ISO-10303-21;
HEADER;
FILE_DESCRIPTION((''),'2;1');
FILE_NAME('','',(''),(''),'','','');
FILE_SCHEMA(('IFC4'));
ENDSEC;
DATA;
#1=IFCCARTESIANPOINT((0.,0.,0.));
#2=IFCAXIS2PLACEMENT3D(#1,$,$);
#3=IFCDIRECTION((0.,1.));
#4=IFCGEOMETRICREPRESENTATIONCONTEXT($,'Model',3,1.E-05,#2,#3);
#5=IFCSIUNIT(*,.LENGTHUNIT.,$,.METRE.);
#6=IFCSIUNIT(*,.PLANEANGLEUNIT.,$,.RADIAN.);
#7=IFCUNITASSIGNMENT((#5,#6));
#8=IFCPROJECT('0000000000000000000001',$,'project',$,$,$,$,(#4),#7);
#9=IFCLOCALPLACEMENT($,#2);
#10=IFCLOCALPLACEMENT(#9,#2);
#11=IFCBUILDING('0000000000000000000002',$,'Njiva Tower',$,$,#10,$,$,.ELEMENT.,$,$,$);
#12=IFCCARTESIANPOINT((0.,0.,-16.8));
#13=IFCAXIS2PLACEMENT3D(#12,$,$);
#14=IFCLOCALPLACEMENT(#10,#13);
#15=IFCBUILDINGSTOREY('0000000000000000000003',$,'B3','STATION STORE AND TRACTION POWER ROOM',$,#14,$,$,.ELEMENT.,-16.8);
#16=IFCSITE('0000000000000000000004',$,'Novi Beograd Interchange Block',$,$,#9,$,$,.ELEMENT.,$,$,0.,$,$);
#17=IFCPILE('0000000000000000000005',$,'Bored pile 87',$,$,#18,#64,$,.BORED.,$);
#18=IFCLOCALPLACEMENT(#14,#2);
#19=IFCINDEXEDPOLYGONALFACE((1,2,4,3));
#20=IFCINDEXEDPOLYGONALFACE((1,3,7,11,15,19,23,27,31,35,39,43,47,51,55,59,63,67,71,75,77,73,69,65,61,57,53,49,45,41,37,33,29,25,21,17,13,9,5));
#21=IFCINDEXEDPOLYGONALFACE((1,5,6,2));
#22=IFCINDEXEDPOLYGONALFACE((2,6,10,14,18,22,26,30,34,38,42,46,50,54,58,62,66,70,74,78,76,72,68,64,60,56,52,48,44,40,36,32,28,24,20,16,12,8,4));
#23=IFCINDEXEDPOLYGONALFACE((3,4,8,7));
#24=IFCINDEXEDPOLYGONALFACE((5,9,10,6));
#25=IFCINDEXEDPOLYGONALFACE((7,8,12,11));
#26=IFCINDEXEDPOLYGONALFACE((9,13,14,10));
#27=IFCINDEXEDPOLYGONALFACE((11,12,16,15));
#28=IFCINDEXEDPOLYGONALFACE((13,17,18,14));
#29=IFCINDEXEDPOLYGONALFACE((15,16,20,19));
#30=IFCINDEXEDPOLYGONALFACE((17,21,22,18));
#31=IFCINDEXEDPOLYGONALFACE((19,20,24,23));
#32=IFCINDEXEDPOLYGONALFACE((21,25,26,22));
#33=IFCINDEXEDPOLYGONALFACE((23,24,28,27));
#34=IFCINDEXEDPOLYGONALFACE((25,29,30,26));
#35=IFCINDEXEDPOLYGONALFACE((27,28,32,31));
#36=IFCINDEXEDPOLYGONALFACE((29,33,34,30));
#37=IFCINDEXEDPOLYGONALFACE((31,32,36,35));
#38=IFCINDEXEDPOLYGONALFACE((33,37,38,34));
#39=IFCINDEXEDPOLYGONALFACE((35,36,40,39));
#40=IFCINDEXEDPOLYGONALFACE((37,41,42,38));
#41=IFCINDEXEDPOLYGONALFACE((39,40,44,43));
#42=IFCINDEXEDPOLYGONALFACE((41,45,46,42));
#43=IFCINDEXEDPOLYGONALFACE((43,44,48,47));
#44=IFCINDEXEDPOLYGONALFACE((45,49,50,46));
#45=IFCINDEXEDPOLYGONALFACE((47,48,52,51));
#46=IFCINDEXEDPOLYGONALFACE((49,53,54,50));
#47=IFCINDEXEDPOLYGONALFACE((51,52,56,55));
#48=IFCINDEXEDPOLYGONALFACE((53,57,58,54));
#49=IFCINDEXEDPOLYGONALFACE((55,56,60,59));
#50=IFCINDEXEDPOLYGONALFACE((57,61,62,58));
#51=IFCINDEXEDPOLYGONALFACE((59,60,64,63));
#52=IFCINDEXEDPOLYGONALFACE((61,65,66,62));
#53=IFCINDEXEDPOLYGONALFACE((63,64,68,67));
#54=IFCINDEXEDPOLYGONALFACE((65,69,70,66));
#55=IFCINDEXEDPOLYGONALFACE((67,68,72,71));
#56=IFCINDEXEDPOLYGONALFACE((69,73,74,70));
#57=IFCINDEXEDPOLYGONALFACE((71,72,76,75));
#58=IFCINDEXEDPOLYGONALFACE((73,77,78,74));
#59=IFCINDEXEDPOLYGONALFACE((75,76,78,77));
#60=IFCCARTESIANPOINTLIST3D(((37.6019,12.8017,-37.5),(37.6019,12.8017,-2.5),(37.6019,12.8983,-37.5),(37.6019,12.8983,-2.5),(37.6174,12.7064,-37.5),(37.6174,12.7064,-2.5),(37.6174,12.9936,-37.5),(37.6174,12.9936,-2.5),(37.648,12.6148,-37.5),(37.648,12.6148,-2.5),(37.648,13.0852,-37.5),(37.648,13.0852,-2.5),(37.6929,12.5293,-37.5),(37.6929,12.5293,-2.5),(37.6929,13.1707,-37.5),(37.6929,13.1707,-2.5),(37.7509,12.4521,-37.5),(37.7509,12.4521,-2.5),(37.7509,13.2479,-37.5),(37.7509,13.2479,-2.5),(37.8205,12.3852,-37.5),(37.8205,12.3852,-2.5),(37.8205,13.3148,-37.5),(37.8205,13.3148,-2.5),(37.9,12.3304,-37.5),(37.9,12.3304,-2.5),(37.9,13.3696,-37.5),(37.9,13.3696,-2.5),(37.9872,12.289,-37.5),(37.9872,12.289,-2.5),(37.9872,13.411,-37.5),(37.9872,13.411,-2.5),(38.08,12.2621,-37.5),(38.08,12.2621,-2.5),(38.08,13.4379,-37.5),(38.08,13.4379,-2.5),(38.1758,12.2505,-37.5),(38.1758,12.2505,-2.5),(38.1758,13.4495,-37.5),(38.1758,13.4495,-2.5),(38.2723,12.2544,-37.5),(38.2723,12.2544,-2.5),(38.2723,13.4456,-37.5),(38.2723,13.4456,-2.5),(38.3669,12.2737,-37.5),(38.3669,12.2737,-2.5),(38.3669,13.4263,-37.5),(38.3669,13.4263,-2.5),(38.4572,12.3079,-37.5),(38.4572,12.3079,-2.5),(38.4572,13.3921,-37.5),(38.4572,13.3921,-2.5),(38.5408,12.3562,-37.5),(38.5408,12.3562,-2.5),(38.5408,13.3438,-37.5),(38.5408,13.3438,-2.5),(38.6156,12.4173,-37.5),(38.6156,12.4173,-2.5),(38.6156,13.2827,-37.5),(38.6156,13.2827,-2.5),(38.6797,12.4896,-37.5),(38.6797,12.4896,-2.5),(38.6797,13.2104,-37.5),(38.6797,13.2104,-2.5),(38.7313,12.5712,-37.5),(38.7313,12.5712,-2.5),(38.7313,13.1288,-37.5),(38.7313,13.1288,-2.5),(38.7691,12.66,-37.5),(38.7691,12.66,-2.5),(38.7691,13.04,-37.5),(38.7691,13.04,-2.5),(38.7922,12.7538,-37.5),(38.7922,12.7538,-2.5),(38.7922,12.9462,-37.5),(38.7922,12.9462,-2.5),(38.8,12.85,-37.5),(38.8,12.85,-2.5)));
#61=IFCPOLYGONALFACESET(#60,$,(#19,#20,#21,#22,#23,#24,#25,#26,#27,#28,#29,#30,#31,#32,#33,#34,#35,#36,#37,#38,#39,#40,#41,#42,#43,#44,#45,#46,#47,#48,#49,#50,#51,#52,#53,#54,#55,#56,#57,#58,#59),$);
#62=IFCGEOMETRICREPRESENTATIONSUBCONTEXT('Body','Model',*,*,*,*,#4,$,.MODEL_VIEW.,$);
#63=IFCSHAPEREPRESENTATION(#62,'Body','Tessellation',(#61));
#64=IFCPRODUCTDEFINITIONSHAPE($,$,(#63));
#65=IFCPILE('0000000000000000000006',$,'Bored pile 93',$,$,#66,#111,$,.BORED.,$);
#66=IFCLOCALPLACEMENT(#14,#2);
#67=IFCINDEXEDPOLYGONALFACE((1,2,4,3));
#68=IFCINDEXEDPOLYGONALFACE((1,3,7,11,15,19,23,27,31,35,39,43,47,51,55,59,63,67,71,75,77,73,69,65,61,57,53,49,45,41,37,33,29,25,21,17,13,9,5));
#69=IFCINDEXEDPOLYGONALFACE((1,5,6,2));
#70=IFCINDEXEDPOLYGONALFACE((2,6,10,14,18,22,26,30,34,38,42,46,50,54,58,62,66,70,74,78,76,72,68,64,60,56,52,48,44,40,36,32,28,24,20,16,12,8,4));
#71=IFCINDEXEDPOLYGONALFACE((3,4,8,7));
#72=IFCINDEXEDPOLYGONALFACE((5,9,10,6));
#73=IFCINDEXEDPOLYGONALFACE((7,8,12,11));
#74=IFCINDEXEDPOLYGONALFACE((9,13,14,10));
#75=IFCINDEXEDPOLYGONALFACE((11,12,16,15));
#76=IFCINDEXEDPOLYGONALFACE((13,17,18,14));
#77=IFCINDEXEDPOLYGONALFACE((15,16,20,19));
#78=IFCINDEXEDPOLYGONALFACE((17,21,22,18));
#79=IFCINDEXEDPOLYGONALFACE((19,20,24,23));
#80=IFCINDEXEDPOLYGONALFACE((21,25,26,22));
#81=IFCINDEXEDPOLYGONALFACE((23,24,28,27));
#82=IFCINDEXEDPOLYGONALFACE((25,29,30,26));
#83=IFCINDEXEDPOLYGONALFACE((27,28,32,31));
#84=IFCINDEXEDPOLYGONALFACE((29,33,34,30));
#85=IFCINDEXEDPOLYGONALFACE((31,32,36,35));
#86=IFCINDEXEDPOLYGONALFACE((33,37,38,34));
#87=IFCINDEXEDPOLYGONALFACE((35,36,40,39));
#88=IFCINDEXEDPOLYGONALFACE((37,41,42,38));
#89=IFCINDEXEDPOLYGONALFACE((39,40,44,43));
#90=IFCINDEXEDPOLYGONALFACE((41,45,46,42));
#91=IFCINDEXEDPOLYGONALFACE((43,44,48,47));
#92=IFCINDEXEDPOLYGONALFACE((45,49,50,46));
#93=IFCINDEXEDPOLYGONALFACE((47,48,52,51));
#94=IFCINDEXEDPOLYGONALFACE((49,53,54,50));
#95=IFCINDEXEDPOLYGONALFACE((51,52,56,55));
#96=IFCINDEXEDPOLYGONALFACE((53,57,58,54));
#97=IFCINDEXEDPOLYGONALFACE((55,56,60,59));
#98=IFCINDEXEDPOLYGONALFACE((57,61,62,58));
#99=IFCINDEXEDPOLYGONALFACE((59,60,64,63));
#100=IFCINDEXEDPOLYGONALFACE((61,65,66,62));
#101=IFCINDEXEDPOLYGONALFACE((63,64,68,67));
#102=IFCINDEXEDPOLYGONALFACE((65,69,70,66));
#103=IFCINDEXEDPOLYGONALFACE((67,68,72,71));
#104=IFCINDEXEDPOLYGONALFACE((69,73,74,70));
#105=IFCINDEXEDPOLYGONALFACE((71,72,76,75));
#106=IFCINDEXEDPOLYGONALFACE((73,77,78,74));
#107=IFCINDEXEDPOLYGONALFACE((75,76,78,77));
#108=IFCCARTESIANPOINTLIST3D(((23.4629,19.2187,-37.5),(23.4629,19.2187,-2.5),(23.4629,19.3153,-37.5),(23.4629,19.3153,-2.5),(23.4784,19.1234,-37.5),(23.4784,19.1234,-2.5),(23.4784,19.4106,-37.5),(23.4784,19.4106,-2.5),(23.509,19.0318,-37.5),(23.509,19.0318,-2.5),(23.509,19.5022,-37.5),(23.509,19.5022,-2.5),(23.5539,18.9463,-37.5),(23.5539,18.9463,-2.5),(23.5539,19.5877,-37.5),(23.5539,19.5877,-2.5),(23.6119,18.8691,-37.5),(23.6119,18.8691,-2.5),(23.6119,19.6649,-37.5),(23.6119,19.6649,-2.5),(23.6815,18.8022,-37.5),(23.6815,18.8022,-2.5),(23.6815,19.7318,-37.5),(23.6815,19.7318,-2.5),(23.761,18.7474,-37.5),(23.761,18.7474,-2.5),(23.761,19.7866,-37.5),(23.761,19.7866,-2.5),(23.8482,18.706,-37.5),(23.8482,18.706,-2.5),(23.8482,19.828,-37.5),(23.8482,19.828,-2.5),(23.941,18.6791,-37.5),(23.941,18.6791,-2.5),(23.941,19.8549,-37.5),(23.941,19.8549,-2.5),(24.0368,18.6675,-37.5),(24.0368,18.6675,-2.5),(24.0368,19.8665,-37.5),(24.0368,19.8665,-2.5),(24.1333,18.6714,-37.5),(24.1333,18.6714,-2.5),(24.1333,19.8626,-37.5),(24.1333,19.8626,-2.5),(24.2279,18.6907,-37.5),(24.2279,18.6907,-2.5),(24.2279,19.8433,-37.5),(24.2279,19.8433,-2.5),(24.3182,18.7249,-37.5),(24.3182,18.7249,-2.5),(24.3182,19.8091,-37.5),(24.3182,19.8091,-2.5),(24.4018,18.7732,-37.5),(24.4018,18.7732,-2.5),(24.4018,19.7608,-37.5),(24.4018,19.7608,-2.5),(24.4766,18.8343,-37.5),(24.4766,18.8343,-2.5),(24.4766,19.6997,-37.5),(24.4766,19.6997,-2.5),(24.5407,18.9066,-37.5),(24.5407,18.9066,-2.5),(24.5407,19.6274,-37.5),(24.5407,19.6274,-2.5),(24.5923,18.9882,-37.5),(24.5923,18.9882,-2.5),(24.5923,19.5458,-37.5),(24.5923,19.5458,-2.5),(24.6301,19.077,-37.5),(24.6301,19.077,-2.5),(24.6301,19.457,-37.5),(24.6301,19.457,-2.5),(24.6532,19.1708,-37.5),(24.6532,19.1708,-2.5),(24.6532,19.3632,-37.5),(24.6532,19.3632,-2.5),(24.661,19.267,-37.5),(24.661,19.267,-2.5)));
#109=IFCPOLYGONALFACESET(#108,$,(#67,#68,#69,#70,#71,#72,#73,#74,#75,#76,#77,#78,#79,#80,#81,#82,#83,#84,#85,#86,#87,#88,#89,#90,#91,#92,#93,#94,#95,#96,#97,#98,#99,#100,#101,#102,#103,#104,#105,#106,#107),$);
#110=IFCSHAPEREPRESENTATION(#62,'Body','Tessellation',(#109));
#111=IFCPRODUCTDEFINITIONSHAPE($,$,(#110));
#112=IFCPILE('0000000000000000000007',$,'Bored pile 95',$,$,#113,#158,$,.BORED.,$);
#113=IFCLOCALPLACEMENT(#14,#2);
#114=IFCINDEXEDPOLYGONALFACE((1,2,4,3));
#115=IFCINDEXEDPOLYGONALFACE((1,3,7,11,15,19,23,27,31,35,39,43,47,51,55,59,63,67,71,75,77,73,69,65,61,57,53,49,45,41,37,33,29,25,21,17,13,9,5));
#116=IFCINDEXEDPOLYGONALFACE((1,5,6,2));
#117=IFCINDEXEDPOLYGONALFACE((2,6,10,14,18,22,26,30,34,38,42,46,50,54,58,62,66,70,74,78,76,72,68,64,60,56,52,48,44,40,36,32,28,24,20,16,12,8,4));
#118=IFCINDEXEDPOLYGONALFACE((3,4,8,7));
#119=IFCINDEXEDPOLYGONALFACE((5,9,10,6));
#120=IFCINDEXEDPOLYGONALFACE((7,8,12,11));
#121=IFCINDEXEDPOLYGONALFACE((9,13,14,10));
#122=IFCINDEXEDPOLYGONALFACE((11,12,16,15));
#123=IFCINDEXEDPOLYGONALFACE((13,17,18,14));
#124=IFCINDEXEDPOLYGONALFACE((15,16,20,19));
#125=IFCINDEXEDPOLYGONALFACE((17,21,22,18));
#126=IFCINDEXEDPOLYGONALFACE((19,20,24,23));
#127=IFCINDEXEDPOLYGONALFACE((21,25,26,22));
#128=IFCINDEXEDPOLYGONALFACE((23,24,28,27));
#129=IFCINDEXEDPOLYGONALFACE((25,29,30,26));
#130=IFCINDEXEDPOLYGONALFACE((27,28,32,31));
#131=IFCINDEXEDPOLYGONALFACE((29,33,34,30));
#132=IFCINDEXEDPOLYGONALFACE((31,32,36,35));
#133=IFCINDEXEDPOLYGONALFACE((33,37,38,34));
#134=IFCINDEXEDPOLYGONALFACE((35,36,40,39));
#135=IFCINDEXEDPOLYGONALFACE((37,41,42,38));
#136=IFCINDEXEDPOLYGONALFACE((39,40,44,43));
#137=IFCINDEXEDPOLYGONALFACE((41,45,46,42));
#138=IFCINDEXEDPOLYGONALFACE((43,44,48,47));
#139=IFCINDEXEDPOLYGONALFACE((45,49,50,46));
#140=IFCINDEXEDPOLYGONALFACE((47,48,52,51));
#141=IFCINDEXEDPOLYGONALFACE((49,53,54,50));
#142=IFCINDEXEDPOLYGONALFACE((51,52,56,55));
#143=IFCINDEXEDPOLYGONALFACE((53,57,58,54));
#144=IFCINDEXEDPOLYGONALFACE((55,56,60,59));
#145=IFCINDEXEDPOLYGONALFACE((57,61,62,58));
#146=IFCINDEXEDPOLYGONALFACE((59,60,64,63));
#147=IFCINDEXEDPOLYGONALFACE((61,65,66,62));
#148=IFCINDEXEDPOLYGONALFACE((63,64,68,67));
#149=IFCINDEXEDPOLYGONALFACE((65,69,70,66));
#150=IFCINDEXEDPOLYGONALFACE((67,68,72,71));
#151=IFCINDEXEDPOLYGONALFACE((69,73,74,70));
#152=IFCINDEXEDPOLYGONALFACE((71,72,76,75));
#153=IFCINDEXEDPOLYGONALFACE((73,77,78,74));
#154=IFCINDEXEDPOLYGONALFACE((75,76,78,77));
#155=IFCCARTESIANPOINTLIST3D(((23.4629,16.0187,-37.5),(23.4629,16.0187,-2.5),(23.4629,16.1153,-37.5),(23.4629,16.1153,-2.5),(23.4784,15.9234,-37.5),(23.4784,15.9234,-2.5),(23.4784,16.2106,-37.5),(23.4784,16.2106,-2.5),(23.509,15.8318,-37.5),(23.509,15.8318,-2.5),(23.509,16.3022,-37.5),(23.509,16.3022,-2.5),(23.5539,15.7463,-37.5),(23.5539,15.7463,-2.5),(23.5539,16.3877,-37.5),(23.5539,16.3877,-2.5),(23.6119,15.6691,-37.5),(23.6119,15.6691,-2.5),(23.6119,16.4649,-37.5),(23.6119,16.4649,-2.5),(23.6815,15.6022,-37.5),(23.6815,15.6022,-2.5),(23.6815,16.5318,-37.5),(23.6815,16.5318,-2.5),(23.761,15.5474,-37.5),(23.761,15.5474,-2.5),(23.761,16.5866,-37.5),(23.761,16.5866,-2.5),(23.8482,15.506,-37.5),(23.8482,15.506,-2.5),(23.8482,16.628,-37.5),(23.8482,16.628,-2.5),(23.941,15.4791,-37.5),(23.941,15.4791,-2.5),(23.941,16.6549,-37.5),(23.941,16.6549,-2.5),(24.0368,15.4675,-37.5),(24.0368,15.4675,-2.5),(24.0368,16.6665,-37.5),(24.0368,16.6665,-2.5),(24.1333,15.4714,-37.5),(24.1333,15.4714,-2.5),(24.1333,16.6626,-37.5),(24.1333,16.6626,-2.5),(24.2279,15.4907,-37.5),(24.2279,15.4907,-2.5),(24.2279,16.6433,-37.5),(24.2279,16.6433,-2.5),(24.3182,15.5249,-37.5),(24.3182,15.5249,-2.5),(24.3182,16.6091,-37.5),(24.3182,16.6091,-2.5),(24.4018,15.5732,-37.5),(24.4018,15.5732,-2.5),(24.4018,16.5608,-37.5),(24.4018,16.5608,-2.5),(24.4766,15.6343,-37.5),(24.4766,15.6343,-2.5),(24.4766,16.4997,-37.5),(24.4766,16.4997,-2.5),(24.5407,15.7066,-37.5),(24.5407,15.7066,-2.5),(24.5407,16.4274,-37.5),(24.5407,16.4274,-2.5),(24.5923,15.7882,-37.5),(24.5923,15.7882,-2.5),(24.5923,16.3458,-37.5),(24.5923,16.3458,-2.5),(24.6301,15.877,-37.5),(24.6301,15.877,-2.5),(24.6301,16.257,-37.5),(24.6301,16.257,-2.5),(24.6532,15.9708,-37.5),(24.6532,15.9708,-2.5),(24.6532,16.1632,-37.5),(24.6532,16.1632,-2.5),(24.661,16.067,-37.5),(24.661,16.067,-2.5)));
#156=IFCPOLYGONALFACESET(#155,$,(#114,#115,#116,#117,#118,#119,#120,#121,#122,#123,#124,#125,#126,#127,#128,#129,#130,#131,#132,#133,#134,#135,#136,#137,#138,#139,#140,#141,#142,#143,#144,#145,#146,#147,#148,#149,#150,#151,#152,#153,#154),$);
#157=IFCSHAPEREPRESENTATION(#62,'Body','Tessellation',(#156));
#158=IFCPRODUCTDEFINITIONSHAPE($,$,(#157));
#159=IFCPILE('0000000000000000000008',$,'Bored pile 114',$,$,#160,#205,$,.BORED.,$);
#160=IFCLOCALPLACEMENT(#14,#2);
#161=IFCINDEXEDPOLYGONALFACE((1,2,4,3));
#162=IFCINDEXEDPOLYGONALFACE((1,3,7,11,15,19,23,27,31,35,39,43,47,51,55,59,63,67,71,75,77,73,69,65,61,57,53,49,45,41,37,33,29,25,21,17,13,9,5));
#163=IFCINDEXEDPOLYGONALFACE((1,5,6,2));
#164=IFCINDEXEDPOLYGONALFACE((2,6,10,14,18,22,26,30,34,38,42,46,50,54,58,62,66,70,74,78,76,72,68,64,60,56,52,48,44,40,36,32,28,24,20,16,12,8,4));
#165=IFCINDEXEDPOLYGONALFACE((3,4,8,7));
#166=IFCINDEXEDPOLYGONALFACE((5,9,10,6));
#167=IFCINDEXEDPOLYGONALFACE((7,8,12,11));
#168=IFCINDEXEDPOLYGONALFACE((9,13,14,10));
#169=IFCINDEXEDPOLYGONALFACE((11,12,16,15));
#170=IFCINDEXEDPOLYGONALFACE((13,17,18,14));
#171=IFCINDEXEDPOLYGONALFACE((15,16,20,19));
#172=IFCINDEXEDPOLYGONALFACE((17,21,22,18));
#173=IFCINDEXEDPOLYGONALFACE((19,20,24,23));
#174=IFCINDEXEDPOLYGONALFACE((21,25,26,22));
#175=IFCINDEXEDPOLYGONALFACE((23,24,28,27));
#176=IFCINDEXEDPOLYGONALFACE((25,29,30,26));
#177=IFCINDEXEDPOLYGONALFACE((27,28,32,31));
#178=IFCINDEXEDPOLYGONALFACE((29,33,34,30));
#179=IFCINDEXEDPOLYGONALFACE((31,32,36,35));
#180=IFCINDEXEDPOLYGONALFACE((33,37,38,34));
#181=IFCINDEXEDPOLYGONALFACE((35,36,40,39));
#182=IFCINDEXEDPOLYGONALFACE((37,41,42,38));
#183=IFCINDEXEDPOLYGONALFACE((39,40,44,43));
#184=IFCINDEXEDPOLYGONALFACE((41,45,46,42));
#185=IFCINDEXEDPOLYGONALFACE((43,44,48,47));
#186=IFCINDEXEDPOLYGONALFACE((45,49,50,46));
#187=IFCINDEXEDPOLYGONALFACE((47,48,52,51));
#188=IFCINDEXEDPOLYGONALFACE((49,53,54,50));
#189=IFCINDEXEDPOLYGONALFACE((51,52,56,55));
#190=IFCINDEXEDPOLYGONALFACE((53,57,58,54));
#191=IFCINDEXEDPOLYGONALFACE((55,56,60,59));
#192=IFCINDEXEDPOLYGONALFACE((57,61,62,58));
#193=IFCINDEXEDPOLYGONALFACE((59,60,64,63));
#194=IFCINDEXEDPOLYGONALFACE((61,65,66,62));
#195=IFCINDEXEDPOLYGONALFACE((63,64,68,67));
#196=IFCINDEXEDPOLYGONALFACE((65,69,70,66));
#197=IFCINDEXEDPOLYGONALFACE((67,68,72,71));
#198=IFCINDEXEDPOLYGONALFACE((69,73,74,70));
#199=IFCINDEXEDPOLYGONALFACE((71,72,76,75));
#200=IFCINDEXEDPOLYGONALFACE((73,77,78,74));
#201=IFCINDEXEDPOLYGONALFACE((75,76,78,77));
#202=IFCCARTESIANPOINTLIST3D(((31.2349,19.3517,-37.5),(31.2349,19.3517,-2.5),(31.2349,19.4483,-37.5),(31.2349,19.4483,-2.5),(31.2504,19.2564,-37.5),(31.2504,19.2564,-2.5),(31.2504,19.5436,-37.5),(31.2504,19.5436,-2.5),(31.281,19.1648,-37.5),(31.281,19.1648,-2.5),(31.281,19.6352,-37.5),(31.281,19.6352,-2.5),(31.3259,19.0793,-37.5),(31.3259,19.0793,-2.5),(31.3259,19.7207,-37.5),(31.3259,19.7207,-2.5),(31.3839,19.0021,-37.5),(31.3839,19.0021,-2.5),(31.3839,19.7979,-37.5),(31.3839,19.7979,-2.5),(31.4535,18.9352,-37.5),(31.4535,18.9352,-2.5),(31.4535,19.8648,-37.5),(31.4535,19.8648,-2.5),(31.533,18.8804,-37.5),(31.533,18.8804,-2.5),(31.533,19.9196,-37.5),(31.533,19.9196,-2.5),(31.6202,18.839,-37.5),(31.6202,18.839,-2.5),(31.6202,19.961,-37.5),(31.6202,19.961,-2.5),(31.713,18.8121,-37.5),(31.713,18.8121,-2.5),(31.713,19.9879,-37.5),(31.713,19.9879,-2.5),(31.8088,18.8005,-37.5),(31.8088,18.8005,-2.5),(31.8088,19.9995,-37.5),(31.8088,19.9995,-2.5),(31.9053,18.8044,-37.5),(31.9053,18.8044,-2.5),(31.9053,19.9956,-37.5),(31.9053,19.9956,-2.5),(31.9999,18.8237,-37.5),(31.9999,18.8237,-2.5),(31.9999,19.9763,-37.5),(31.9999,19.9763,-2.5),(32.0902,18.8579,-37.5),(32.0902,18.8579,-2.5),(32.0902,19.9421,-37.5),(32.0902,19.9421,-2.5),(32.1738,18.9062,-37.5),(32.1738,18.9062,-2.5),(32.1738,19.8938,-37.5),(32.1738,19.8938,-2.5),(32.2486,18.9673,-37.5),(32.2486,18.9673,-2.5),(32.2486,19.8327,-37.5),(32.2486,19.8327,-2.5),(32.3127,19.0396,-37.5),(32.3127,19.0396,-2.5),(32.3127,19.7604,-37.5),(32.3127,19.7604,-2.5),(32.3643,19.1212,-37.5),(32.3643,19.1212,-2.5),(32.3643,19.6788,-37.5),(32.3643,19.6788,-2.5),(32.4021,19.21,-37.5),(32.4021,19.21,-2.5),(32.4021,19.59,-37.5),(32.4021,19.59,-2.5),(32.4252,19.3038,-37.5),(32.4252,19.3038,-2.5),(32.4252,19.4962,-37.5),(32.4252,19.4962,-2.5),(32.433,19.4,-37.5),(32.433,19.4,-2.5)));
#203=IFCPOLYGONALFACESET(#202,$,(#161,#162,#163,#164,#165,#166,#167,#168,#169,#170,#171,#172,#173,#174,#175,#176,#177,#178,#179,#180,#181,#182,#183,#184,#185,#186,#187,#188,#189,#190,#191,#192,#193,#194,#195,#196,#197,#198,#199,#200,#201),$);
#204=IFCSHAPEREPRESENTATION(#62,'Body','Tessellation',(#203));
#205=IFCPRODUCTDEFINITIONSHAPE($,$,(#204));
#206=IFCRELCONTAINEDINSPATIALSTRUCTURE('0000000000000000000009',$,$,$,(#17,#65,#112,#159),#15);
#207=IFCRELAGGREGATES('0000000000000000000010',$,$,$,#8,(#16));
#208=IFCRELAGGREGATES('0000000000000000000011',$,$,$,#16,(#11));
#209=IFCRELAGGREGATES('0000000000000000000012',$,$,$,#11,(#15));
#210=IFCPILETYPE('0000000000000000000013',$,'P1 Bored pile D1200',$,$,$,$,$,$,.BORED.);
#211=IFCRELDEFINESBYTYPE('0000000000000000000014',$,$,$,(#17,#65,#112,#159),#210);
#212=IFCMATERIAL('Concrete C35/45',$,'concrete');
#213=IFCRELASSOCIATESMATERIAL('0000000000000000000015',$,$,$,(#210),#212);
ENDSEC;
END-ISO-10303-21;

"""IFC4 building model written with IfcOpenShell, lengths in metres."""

from ifc_helpers import new_model, si_unit, direction, frame, origin, origin_2d, place, context, subcontext, project, spatial, circle, extrude, material, material_profile, profile_set, type_object, element, save


model = new_model("IFC4")

# Units and contexts
model_context = context("Model", 3, precision=1e-05, world=origin(), true_north=direction((0.0, 1.0)))
body_context = subcontext(model_context, "Body", "Model", "MODEL_VIEW")
ifc_project = project(units=[si_unit("LENGTHUNIT", "METRE"), si_unit("PLANEANGLEUNIT", "RADIAN")], contexts=[model_context])

# Site, building, storey
site_placement = place(None, origin())
site = spatial("IfcSite", under=ifc_project, at=site_placement, Name="Novi Beograd Interchange Block", CompositionType="ELEMENT", RefElevation=0.0)
building_placement = place(site_placement, origin())
building = spatial("IfcBuilding", under=site, at=building_placement, Name="Njiva Tower", CompositionType="ELEMENT")
storey_placement = place(building_placement, frame((0.0, 0.0, -16.8)))
storey = spatial("IfcBuildingStorey", under=building, at=storey_placement, Name="B3", Description="STATION STORE AND TRACTION POWER ROOM", CompositionType="ELEMENT", Elevation=-16.8)

# Piles
ifc_material_1 = material(Name="Concrete C35/45", Category="concrete")
ifc_material_profile_1 = material_profile(ifc_material_1, circle(Radius=0.6, at=origin_2d()), Name="D1200")
ifc_profile_set_1 = profile_set([ifc_material_profile_1], Name="Concrete C35/45")
pile_type = type_object("IfcPileType", Name="P1 Bored pile D1200", PredefinedType="BORED", material=ifc_profile_set_1)
for number, where, z_axis, x_axis, name in (
    (1, (38.2, 12.85, -2.5), (0.0, 0.0, -1.0), (1.0, 0.0, 0.0), "Bored pile 87"),
    (2, (24.061, 19.267, -2.5), (0.0, 0.0, -1.0), (1.0, 0.0, 0.0), "Bored pile 93"),
    (3, (24.061, 16.067, -2.5), (0.0, 0.0, -1.0), (1.0, 0.0, 0.0), "Bored pile 95"),
    (4, (31.833, 19.4, -2.5), (0.0, 0.0, -1.0), (1.0, 0.0, 0.0), "Bored pile 114"),
):
    element("IfcPile", number, at=place(storey_placement, frame(where, z_axis=z_axis, x_axis=x_axis)), inside=storey, type_object=pile_type, Name=name, PredefinedType="BORED", context=body_context, shape_type="SweptSolid", body=[
        extrude(circle(Radius=0.6, at=origin_2d()), origin(), (0.0, 0.0, 1.0), 35.0),
    ])

save(model, "model.ifc")
